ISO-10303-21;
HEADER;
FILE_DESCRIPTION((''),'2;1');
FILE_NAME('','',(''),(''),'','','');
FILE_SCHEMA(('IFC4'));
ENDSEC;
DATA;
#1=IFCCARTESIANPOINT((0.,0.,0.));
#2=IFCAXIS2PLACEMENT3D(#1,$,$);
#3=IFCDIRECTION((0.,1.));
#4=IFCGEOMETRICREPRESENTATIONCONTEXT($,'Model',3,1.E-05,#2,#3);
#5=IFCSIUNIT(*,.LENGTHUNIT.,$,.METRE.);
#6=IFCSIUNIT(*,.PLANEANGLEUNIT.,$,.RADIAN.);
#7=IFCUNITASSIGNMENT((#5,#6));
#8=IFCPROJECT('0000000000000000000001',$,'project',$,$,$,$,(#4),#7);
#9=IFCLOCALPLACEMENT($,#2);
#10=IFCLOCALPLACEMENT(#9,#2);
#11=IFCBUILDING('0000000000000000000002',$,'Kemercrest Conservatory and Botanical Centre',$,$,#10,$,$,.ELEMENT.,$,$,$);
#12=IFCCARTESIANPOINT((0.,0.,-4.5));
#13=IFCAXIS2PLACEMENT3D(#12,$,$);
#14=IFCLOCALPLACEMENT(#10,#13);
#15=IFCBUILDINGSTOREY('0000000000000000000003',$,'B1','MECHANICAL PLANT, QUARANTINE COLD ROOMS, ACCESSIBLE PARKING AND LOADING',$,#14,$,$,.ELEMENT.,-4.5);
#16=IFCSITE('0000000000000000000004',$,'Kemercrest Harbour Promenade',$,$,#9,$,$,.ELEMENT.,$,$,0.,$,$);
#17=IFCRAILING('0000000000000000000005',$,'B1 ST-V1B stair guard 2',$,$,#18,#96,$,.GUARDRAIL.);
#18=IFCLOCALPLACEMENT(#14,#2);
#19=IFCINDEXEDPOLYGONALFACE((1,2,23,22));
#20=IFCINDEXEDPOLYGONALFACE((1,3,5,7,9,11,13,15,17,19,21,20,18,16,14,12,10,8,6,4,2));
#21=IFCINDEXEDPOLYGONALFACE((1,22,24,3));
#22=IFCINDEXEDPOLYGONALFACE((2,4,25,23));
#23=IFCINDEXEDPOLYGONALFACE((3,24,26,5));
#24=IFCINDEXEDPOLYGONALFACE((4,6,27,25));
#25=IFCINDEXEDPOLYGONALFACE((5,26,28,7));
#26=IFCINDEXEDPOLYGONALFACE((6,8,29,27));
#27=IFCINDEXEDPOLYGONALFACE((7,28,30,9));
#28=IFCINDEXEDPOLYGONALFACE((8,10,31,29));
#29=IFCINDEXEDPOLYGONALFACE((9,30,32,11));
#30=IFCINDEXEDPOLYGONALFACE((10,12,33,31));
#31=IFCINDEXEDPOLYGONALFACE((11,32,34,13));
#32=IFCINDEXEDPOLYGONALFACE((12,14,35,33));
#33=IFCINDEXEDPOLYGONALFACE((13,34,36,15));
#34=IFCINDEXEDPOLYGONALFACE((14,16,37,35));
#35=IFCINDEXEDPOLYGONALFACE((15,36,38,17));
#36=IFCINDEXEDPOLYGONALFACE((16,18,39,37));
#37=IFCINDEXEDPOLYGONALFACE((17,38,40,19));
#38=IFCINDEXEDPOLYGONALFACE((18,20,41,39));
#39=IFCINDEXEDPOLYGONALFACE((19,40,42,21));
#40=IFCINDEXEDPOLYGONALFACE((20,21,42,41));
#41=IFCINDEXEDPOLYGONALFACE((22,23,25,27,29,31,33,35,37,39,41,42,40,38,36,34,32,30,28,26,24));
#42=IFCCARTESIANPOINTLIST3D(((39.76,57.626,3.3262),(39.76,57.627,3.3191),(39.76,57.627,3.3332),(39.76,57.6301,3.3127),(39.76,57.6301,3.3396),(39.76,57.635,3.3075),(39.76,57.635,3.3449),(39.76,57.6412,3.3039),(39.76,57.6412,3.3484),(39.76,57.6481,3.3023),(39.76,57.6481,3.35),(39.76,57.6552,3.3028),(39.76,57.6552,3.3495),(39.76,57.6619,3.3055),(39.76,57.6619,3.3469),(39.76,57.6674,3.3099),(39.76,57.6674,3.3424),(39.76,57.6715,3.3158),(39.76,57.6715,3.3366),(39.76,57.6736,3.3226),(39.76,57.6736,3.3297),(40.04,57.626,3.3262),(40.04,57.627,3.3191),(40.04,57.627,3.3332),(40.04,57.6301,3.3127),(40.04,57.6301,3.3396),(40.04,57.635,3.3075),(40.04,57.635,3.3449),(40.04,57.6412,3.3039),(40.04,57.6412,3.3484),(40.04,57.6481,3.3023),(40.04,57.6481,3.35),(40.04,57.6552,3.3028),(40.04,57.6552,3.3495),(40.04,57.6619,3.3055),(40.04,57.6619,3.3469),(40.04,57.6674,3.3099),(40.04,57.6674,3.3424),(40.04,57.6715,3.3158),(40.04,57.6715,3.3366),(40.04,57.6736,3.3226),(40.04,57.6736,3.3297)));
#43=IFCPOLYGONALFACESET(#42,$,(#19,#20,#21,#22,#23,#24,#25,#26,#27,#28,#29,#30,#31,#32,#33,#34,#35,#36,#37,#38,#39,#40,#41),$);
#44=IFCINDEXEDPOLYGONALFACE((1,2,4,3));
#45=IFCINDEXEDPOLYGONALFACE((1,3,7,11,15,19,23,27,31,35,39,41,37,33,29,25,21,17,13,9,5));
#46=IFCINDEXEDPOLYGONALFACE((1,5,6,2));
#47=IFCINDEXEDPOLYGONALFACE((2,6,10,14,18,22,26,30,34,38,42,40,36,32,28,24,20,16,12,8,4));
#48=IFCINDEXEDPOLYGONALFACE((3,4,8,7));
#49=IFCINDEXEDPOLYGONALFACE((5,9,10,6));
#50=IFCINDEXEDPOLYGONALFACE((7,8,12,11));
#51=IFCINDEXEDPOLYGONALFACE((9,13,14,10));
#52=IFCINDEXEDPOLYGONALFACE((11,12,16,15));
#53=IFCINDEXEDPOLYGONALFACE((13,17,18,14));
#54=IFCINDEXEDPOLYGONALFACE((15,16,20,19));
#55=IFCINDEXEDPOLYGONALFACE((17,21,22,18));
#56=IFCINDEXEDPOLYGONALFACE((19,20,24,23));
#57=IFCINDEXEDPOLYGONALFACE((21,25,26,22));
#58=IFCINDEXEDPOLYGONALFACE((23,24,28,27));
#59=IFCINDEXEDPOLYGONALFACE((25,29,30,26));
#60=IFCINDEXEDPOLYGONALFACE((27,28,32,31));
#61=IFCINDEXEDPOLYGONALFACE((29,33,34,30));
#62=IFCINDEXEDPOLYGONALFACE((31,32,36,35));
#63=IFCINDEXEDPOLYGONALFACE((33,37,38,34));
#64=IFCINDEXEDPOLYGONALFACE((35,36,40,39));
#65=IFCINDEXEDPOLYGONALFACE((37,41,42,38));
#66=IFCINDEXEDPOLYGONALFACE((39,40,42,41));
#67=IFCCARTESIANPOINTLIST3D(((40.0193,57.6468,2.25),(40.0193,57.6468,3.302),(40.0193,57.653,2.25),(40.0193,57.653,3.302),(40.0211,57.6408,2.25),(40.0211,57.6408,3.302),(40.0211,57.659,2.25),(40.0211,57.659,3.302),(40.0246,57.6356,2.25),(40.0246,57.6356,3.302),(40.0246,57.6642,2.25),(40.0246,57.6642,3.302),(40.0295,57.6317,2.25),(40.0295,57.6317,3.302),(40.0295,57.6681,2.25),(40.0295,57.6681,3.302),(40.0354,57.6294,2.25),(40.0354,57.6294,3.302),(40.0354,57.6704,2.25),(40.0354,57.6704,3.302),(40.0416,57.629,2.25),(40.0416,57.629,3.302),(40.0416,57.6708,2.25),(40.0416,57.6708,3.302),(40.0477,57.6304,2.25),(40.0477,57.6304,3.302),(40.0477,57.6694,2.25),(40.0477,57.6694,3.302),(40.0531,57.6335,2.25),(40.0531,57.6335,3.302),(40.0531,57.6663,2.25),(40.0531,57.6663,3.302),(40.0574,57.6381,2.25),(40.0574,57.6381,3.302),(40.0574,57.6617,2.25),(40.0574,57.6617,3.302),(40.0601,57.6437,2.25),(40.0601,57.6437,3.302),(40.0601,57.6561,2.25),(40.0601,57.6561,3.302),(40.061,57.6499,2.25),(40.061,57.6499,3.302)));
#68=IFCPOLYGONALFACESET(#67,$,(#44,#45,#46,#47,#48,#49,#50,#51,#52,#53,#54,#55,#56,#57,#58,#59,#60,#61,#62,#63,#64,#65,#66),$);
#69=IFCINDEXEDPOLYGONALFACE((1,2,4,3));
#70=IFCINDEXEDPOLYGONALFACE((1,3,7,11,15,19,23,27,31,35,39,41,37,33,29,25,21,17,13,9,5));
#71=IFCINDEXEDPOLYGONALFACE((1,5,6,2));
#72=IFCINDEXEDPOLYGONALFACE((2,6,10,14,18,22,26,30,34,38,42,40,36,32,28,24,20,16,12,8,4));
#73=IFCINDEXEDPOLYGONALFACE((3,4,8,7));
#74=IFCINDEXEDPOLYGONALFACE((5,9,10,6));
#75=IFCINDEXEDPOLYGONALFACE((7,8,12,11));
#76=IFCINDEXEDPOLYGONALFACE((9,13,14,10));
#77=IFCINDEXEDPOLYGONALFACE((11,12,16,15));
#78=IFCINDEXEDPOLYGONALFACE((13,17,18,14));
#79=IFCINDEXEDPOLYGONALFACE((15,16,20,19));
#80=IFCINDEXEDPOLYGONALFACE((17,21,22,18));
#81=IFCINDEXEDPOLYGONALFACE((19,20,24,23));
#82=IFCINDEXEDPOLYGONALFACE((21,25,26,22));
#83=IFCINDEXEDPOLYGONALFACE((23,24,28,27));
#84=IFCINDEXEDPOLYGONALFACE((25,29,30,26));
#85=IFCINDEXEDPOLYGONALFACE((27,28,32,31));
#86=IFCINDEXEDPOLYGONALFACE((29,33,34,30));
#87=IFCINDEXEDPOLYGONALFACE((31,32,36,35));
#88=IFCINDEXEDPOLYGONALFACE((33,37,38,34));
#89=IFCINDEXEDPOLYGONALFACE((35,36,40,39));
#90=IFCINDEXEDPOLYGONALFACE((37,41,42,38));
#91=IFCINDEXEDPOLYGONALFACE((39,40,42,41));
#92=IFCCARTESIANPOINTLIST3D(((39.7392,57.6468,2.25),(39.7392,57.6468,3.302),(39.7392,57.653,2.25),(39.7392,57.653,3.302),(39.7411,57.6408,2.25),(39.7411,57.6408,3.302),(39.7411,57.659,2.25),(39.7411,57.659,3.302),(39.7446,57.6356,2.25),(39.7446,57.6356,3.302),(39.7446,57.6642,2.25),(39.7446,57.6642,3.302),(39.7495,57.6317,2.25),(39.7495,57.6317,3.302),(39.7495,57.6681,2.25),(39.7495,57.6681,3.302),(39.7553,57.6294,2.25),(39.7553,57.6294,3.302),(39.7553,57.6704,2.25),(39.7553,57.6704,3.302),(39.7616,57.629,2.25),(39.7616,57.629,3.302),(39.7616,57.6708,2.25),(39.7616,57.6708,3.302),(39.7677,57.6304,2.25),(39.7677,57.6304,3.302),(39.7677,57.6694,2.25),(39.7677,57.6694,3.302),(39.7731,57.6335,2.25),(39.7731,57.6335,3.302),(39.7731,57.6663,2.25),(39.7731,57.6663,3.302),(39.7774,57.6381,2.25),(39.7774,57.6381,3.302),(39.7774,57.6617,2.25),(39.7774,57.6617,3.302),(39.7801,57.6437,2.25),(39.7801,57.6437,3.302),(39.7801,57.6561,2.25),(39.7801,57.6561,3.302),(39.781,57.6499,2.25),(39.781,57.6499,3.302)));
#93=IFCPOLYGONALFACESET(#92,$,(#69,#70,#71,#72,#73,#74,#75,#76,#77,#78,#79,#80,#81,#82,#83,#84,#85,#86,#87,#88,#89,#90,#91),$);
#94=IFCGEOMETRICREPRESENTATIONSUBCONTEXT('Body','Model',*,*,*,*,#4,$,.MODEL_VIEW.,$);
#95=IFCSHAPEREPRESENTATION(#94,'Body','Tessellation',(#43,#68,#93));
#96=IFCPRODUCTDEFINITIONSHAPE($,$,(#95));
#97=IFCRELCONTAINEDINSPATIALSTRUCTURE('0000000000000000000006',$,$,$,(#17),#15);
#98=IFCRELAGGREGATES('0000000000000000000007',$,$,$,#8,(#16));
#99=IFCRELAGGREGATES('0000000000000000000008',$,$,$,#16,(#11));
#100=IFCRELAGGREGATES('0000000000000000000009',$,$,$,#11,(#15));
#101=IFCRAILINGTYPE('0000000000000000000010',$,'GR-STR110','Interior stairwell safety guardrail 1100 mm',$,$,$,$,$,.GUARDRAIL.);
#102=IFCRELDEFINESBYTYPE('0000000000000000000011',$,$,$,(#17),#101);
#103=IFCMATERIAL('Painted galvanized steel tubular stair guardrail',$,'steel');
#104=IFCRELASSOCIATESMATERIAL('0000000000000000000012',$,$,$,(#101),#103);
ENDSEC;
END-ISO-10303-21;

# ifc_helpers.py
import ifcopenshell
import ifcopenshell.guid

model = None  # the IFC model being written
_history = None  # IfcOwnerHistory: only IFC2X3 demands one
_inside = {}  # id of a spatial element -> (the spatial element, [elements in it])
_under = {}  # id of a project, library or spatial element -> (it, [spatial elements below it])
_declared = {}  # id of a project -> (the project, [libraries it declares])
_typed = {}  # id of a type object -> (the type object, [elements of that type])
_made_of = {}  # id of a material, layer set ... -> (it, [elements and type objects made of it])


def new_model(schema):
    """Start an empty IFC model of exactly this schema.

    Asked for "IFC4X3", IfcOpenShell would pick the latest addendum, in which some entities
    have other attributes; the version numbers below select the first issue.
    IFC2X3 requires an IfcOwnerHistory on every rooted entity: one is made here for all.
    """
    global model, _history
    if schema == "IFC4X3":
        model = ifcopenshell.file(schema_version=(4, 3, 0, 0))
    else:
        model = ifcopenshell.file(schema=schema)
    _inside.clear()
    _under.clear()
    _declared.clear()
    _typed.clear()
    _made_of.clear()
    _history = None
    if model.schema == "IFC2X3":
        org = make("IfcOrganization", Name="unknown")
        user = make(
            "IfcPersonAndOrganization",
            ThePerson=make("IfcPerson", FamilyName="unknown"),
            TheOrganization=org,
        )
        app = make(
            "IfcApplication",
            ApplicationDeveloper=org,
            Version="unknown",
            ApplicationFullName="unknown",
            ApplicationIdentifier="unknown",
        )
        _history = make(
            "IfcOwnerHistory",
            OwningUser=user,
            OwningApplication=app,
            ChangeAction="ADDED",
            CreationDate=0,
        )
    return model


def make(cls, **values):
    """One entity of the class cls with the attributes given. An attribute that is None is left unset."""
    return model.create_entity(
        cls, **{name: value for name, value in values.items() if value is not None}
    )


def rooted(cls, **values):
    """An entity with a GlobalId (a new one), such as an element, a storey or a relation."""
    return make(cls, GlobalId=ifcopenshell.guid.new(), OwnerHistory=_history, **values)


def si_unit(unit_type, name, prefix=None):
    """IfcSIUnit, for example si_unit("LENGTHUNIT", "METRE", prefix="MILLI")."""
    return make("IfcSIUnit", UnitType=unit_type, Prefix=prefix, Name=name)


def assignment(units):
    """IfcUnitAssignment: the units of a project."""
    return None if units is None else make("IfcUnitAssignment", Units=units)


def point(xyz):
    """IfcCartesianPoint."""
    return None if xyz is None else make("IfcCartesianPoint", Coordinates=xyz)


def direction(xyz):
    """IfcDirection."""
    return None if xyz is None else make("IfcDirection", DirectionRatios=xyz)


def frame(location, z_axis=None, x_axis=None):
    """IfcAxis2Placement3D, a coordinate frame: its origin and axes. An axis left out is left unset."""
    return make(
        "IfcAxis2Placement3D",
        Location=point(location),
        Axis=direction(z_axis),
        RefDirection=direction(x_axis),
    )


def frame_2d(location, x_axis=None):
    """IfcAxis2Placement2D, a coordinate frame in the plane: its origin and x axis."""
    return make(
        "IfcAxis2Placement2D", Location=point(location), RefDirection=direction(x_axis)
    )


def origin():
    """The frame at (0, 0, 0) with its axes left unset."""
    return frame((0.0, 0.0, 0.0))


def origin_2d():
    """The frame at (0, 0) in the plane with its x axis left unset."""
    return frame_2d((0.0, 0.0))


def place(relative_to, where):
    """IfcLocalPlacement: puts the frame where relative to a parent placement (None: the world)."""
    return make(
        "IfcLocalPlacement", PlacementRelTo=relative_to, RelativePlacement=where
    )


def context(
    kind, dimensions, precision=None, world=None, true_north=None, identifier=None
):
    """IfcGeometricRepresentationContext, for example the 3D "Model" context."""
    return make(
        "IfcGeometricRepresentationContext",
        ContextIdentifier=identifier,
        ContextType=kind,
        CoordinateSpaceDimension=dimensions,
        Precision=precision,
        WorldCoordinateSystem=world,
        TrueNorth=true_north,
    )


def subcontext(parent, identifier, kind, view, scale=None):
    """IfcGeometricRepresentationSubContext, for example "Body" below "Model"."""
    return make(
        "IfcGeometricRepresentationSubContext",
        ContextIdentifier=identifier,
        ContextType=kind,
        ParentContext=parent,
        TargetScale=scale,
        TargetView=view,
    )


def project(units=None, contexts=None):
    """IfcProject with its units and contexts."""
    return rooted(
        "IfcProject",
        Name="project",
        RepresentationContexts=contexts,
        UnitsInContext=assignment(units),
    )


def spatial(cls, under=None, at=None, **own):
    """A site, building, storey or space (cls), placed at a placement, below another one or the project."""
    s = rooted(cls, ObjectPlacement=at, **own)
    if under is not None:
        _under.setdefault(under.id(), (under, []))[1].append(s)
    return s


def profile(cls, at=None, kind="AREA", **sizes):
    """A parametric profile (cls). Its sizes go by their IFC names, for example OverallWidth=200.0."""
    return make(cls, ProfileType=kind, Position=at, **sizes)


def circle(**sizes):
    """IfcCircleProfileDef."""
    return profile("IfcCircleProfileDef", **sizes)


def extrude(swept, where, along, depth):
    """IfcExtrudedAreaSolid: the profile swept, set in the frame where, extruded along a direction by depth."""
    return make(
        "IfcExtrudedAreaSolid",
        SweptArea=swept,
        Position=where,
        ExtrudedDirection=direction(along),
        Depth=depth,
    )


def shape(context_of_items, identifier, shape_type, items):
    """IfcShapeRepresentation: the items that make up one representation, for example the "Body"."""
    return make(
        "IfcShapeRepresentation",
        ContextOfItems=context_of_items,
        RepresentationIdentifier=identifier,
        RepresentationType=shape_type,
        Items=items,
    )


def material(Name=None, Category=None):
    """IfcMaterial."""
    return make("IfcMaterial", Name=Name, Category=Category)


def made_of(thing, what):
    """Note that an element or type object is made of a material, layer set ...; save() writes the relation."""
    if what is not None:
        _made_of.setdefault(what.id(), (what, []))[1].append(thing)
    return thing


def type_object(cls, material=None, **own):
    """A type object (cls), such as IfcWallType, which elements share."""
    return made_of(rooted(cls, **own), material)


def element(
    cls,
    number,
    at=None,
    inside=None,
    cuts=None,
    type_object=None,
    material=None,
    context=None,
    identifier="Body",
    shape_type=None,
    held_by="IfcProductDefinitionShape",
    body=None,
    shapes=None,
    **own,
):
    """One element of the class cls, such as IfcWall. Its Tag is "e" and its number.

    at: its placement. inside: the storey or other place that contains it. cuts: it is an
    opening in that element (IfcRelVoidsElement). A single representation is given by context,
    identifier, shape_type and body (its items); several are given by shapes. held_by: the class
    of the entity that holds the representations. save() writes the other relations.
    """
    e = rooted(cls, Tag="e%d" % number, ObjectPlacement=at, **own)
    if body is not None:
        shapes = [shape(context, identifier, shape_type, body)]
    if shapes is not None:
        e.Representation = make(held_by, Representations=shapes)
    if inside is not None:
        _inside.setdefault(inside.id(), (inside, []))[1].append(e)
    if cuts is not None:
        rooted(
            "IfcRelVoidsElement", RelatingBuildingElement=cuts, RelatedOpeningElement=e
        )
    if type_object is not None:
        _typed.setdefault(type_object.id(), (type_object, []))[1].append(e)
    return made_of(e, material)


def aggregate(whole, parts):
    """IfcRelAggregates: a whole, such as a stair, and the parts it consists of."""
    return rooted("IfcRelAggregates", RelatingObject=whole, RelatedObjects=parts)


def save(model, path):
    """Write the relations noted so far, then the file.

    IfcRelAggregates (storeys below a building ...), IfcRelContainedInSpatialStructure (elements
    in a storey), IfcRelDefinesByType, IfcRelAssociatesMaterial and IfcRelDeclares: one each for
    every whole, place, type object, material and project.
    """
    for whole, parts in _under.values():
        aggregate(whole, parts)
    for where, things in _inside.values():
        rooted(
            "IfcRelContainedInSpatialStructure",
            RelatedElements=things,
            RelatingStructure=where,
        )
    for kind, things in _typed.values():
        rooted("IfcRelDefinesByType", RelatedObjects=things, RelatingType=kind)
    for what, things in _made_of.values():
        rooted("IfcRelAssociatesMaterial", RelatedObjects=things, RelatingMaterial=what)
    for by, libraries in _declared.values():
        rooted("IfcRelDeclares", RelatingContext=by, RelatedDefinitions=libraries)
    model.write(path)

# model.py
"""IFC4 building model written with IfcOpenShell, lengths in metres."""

from ifc_helpers import new_model, si_unit, direction, frame, origin, origin_2d, place, context, subcontext, project, spatial, circle, extrude, material, type_object, element, save


model = new_model("IFC4")

# Units and contexts
model_context = context("Model", 3, precision=1e-05, world=origin(), true_north=direction((0.0, 1.0)))
body_context = subcontext(model_context, "Body", "Model", "MODEL_VIEW")
ifc_project = project(units=[si_unit("LENGTHUNIT", "METRE"), si_unit("PLANEANGLEUNIT", "RADIAN")], contexts=[model_context])

# Site, building, storey
site_placement = place(None, origin())
site = spatial("IfcSite", under=ifc_project, at=site_placement, Name="Kemercrest Harbour Promenade", CompositionType="ELEMENT", RefElevation=0.0)
building_placement = place(site_placement, origin())
building = spatial("IfcBuilding", under=site, at=building_placement, Name="Kemercrest Conservatory and Botanical Centre", CompositionType="ELEMENT")
storey_placement = place(building_placement, frame((0.0, 0.0, -4.5)))
storey = spatial("IfcBuildingStorey", under=building, at=storey_placement, Name="B1", Description="MECHANICAL PLANT, QUARANTINE COLD ROOMS, ACCESSIBLE PARKING AND LOADING", CompositionType="ELEMENT", Elevation=-4.5)

# Railing
ifc_material_1 = material(Name="Painted galvanized steel tubular stair guardrail", Category="steel")
railing_type_1 = type_object("IfcRailingType", Name="GR-STR110", Description="Interior stairwell safety guardrail 1100 mm", PredefinedType="GUARDRAIL", material=ifc_material_1)
railing_1_placement = place(storey_placement, frame((40.04, 57.6499, 2.25)))
element("IfcRailing", 1, at=railing_1_placement, inside=storey, type_object=railing_type_1, Name="B1 ST-V1B stair guard 2", PredefinedType="GUARDRAIL", context=body_context, shape_type="SweptSolid", body=[
    extrude(circle(Radius=0.0239, at=origin_2d()), frame((0.0, 0.0, 1.0762), z_axis=(-1.0, 0.0, 0.0), x_axis=(0.0, -1.0, 0.0)), (0.0, 0.0, 1.0), 0.28),
    extrude(circle(Radius=0.021, at=origin_2d()), origin(), (0.0, 0.0, 1.0), 1.052),
    extrude(circle(Radius=0.021, at=origin_2d()), frame((-0.28, 0.0, 0.0)), (0.0, 0.0, 1.0), 1.052),
])

save(model, "model.ifc")
